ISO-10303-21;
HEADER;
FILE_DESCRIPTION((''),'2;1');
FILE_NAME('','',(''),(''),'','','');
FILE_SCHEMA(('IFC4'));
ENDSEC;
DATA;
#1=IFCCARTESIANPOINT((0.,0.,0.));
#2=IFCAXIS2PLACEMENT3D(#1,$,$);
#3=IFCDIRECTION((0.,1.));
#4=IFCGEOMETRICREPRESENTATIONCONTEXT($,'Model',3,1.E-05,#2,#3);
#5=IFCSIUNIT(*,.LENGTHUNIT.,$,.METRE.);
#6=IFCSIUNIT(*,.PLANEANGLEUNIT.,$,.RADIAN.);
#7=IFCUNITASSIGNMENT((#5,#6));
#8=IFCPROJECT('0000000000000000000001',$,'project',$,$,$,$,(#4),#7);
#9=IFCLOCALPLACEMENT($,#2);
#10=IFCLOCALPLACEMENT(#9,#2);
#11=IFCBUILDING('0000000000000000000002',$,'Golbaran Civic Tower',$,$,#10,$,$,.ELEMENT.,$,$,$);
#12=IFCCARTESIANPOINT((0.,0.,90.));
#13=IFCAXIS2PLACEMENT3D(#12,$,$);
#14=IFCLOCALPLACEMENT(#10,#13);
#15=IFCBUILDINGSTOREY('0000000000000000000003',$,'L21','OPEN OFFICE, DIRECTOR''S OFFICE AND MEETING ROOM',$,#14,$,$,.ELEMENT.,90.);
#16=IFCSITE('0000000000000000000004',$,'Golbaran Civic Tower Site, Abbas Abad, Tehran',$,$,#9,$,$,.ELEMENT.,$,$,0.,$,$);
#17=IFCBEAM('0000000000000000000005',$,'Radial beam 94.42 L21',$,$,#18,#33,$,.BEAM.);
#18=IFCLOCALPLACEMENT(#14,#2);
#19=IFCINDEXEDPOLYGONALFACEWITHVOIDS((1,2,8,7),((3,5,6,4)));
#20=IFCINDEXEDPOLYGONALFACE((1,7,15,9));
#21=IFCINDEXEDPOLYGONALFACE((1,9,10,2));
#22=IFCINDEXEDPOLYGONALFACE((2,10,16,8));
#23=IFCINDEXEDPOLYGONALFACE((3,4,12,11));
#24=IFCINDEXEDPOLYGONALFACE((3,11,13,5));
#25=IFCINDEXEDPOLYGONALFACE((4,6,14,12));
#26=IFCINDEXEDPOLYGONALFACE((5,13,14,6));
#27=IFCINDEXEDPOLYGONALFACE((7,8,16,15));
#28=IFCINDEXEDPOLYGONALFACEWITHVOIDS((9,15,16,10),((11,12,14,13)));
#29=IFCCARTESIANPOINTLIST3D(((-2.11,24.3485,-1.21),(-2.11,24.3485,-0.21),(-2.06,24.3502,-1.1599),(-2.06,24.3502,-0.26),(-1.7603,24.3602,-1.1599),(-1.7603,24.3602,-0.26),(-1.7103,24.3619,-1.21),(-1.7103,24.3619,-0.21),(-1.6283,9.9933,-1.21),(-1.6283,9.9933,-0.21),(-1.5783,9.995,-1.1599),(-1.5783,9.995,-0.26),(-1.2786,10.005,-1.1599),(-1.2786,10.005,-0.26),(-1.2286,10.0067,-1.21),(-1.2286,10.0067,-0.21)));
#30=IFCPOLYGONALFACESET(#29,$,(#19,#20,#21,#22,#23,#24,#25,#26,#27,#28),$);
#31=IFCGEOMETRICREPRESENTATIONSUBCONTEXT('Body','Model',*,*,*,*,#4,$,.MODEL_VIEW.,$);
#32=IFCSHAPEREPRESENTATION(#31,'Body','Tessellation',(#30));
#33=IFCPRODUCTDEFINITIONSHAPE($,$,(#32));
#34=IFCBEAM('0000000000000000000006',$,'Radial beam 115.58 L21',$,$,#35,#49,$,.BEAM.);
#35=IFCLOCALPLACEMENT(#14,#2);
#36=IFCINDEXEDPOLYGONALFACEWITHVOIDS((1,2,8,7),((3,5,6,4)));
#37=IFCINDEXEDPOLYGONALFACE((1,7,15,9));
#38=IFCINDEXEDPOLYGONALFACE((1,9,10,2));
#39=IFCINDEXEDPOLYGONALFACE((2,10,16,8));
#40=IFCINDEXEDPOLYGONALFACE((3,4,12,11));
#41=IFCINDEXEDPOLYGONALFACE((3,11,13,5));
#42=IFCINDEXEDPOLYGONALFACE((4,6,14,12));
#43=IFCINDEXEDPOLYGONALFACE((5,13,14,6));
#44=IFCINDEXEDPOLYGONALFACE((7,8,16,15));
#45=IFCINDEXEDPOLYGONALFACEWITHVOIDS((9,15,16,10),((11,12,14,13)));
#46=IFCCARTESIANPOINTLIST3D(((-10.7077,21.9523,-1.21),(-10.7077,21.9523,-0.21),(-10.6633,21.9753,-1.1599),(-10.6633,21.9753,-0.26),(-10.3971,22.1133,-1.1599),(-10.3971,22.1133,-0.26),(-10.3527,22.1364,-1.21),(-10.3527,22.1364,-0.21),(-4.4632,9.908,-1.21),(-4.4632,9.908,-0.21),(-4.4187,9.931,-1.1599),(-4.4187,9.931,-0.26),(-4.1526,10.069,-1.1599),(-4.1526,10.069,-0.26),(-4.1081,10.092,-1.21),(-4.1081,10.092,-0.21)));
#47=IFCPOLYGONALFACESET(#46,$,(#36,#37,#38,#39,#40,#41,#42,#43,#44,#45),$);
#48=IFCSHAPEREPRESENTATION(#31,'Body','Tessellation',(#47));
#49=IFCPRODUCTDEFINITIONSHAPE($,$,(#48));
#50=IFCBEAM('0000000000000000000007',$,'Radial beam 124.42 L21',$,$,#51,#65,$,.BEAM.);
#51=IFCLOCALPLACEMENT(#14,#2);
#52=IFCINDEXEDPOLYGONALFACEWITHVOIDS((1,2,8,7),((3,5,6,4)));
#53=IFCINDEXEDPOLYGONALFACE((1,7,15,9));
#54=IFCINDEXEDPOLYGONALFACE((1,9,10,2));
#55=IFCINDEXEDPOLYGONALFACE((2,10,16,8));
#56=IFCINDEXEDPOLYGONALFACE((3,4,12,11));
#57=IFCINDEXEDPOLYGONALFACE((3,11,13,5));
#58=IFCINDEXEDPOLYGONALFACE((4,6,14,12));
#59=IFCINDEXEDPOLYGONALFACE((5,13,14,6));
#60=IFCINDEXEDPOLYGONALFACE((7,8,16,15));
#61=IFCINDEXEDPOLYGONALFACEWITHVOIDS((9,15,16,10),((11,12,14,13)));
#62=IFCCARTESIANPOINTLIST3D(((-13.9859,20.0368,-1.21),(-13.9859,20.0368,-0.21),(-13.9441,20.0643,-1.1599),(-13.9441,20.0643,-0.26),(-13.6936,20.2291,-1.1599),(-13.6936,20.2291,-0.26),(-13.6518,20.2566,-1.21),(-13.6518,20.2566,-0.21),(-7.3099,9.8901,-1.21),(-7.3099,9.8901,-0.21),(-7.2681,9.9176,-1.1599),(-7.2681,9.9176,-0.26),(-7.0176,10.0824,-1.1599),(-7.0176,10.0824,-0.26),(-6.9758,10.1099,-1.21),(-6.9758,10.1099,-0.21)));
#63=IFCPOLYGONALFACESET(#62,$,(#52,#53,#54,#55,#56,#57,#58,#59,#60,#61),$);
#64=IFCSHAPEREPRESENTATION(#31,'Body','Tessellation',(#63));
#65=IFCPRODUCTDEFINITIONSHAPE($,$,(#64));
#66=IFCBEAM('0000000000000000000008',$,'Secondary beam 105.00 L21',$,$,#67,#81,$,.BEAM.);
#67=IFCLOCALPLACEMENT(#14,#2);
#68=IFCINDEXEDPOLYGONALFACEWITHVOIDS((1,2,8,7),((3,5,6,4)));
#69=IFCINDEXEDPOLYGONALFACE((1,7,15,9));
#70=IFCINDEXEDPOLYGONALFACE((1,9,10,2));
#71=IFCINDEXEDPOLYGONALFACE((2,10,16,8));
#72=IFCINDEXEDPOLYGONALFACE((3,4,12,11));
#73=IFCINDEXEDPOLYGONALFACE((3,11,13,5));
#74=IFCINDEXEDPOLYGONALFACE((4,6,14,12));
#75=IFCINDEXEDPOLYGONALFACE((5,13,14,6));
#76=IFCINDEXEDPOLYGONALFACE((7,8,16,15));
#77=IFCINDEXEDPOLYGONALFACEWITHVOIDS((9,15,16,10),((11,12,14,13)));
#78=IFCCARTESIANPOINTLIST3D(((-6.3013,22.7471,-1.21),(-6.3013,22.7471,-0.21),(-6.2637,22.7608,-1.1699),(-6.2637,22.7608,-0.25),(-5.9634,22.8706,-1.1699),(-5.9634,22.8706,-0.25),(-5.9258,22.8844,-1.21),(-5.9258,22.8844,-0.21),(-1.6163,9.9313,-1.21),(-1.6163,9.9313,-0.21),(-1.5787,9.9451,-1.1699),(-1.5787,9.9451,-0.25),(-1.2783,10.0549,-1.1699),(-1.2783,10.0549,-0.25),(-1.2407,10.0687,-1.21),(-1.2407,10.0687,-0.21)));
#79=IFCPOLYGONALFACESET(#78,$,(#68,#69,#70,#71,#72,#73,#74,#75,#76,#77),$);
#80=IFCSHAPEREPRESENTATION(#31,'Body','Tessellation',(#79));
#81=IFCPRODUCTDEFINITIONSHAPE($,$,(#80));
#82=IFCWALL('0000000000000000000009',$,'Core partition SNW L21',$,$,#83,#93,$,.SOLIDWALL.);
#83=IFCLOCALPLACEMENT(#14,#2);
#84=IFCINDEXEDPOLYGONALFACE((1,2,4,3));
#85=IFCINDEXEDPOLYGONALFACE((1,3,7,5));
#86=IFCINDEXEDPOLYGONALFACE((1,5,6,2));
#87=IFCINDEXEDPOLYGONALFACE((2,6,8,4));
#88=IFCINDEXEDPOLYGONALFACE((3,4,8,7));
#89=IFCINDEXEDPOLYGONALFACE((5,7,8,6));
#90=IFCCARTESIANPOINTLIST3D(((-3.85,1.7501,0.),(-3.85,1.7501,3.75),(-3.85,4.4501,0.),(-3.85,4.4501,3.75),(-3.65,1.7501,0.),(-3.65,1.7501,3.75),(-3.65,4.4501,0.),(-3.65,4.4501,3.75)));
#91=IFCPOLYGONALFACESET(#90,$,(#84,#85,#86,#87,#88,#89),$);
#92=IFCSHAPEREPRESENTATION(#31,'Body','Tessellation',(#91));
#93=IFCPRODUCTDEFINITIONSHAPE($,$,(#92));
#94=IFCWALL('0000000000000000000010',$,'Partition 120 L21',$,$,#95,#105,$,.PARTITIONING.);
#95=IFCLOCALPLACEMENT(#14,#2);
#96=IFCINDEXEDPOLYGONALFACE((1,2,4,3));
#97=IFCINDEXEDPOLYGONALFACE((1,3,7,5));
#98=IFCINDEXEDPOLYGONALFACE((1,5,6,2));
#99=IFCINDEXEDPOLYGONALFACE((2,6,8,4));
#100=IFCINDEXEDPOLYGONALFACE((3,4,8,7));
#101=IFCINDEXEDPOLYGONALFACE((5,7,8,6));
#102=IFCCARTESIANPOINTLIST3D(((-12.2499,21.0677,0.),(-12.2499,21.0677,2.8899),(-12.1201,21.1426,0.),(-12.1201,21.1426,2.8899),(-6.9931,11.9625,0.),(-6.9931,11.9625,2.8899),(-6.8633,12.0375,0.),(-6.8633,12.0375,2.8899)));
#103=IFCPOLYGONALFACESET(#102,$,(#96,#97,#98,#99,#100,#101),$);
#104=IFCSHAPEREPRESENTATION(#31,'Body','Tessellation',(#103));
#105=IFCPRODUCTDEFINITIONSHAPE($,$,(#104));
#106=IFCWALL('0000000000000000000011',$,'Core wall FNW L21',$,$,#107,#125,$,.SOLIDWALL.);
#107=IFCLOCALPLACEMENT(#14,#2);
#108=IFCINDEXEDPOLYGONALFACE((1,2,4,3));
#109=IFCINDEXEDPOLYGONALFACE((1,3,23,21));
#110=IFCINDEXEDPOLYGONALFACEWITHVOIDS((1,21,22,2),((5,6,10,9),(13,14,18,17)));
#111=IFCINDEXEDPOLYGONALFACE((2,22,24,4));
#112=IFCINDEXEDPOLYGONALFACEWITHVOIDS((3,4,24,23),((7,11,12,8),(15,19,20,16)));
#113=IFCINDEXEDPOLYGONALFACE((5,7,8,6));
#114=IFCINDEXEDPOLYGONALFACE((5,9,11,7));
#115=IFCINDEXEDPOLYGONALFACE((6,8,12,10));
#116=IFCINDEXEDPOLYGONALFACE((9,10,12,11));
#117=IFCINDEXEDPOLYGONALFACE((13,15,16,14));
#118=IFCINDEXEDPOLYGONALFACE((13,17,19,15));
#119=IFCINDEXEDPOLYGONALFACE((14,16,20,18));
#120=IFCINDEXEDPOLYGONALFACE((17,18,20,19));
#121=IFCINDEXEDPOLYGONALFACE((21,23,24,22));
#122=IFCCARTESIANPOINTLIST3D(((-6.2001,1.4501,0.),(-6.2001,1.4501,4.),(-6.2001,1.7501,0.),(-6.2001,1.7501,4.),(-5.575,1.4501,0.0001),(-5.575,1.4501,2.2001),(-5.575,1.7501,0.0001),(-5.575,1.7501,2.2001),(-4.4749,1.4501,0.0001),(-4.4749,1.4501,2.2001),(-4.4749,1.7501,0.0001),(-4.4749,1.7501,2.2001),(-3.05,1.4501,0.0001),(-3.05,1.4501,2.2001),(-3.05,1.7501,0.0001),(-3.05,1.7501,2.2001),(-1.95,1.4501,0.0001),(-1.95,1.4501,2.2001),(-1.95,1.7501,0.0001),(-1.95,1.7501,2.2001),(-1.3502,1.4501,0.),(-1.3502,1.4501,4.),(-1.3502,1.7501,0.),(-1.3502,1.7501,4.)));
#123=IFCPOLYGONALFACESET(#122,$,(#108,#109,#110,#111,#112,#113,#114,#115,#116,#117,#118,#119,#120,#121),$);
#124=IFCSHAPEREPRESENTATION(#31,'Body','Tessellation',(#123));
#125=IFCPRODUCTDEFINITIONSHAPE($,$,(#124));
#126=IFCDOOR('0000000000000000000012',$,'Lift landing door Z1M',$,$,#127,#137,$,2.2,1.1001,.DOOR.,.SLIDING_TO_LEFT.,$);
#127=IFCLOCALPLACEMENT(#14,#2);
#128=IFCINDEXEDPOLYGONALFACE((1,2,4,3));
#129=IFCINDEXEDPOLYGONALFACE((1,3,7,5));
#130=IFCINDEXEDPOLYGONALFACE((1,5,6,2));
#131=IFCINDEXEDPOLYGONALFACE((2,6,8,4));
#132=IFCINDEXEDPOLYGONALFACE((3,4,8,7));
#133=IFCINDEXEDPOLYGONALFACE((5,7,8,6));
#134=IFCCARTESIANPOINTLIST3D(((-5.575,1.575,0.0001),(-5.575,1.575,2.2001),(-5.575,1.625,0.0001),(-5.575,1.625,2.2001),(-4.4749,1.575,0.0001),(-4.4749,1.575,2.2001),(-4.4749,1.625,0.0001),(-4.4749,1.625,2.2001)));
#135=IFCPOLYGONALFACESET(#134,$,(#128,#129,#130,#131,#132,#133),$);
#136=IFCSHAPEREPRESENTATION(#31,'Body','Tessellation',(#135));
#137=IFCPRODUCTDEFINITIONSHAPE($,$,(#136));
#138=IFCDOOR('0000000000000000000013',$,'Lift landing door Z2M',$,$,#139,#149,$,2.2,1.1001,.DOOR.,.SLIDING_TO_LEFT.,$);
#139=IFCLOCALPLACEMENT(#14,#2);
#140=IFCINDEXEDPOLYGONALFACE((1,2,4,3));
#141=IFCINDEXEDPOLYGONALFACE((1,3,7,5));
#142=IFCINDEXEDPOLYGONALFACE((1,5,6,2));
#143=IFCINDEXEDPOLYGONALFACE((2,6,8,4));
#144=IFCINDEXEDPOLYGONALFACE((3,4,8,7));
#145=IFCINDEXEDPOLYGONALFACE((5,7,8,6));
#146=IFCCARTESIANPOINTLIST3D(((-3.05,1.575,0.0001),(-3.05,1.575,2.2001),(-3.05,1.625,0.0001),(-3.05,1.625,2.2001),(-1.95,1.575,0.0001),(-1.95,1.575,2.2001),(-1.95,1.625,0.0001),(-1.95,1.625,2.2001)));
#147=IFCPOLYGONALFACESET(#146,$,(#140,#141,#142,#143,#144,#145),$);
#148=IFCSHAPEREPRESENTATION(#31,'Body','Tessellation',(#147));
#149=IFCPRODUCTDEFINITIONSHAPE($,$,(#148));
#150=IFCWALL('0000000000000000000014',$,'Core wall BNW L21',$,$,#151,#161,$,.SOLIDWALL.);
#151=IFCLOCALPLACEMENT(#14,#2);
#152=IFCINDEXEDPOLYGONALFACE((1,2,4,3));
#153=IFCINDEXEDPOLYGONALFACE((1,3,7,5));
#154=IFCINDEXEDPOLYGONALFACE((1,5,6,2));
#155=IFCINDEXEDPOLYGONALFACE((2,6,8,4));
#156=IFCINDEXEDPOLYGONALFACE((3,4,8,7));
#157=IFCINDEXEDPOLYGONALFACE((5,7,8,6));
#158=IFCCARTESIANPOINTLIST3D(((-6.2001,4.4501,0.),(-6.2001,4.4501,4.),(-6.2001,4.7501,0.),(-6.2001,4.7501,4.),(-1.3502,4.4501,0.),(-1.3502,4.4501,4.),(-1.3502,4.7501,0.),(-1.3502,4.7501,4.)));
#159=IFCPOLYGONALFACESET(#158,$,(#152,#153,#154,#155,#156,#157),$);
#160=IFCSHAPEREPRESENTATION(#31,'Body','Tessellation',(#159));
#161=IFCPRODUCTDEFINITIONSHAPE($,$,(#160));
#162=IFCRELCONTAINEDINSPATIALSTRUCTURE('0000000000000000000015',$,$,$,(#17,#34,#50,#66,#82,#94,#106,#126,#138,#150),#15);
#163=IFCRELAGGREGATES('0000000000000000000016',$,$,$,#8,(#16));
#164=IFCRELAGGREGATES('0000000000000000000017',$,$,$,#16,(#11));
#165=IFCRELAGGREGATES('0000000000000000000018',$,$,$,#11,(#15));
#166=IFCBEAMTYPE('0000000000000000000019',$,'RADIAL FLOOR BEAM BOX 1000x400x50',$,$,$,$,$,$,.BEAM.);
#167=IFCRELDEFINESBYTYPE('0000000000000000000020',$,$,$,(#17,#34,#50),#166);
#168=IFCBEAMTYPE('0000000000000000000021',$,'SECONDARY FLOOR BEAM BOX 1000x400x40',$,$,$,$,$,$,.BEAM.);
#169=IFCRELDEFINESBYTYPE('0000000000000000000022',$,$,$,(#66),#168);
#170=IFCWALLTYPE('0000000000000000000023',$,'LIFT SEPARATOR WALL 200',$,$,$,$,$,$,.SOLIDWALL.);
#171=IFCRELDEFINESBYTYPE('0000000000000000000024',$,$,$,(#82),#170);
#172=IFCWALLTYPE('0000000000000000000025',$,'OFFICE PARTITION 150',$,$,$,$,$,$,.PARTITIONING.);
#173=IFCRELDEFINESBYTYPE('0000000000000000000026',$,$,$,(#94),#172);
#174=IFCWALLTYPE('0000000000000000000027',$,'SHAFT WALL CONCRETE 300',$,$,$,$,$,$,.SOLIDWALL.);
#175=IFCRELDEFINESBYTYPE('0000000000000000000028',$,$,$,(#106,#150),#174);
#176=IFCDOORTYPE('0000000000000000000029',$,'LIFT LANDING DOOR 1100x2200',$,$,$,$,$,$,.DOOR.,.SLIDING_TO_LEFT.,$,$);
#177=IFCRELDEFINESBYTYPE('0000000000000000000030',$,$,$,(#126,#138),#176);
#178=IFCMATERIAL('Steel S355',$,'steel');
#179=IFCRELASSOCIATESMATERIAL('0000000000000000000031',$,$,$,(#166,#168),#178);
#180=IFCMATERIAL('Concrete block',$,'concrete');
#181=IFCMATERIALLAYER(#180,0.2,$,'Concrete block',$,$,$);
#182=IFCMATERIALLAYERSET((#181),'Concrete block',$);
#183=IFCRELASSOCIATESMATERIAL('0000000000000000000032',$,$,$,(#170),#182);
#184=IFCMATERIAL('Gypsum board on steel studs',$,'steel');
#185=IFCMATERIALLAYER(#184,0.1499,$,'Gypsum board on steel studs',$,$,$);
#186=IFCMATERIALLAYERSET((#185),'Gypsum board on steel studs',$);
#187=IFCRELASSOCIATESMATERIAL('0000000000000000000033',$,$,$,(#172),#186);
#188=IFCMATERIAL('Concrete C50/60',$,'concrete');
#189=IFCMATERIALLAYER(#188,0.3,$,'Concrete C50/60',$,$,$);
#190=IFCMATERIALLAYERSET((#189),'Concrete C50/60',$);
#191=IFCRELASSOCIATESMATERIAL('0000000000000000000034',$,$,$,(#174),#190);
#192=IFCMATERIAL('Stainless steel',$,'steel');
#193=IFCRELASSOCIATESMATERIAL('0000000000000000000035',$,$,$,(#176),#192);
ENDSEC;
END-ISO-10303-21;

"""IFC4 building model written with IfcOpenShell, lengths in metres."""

from ifc_helpers import new_model, si_unit, direction, frame, frame_2d, origin, origin_2d, place, context, subcontext, project, spatial, rectangle, hollow_rectangle, extrude, material, layer, layer_set, material_profile, profile_set, type_object, element, fill, save


model = new_model("IFC4")

# Units and contexts
model_context = context("Model", 3, precision=1e-05, world=origin(), true_north=direction((0.0, 1.0)))
body_context = subcontext(model_context, "Body", "Model", "MODEL_VIEW")
ifc_project = project(units=[si_unit("LENGTHUNIT", "METRE"), si_unit("PLANEANGLEUNIT", "RADIAN")], contexts=[model_context])

# Site, building, storey
site_placement = place(None, origin())
site = spatial("IfcSite", under=ifc_project, at=site_placement, Name="Golbaran Civic Tower Site, Abbas Abad, Tehran", CompositionType="ELEMENT", RefElevation=0.0)
building_placement = place(site_placement, origin())
building = spatial("IfcBuilding", under=site, at=building_placement, Name="Golbaran Civic Tower", CompositionType="ELEMENT")
storey_placement = place(building_placement, frame((0.0, 0.0, 90.0)))
storey = spatial("IfcBuildingStorey", under=building, at=storey_placement, Name="L21", Description="OPEN OFFICE, DIRECTOR'S OFFICE AND MEETING ROOM", CompositionType="ELEMENT", Elevation=90.0)

# Beams
ifc_material_1 = material(Name="Steel S355", Category="steel")
ifc_material_profile_1 = material_profile(ifc_material_1, hollow_rectangle(XDim=0.3999, YDim=1.0, WallThickness=0.05, at=origin_2d()), Name="BOX 1000x400x50")
ifc_profile_set_1 = profile_set([ifc_material_profile_1], Name="Steel S355")
beam_type_1 = type_object("IfcBeamType", Name="RADIAL FLOOR BEAM BOX 1000x400x50", PredefinedType="BEAM", material=ifc_profile_set_1)
beam_1_placement = place(storey_placement, frame((-1.4285, 10.0, -0.71), z_axis=(-0.033536, 0.999438, 0.0), x_axis=(-0.999438, -0.033536, 0.0)))
element("IfcBeam", 1, at=beam_1_placement, inside=storey, type_object=beam_type_1, Name="Radial beam 94.42 L21", PredefinedType="BEAM", context=body_context, shape_type="SweptSolid", body=[
    extrude(hollow_rectangle(XDim=0.3999, YDim=1.0, WallThickness=0.05, at=origin_2d()), origin(), (0.0, 0.0, 1.0), 14.3633),
])
beam_2_placement = place(storey_placement, frame((-4.2856, 10.0, -0.71), z_axis=(-0.46028, 0.887774, 0.0), x_axis=(-0.887774, -0.46028, 0.0)))
element("IfcBeam", 2, at=beam_2_placement, inside=storey, type_object=beam_type_1, Name="Radial beam 115.58 L21", PredefinedType="BEAM", context=body_context, shape_type="SweptSolid", body=[
    extrude(hollow_rectangle(XDim=0.3999, YDim=1.0, WallThickness=0.05, at=origin_2d()), origin(), (0.0, 0.0, 1.0), 13.5669),
])
beam_3_placement = place(storey_placement, frame((-7.1428, 10.0, -0.71), z_axis=(-0.549648, 0.835396, 0.0), x_axis=(-0.835396, -0.549648, 0.0)))
element("IfcBeam", 3, at=beam_3_placement, inside=storey, type_object=beam_type_1, Name="Radial beam 124.42 L21", PredefinedType="BEAM", context=body_context, shape_type="SweptSolid", body=[
    extrude(hollow_rectangle(XDim=0.3999, YDim=1.0, WallThickness=0.05, at=origin_2d()), origin(), (0.0, 0.0, 1.0), 12.146),
])
ifc_material_profile_2 = material_profile(ifc_material_1, hollow_rectangle(XDim=0.3999, YDim=1.0, WallThickness=0.04, at=origin_2d()), Name="BOX 1000x400x40")
ifc_profile_set_2 = profile_set([ifc_material_profile_2], Name="Steel S355")
beam_type_2 = type_object("IfcBeamType", Name="SECONDARY FLOOR BEAM BOX 1000x400x40", PredefinedType="BEAM", material=ifc_profile_set_2)
beam_4_placement = place(storey_placement, frame((-1.4285, 10.0, -0.71), z_axis=(-0.343349, 0.939208, 0.0), x_axis=(-0.939208, -0.343349, 0.0)))
element("IfcBeam", 4, at=beam_4_placement, inside=storey, type_object=beam_type_2, Name="Secondary beam 105.00 L21", PredefinedType="BEAM", context=body_context, shape_type="SweptSolid", body=[
    extrude(hollow_rectangle(XDim=0.3999, YDim=1.0, WallThickness=0.04, at=origin_2d()), origin(), (0.0, 0.0, 1.0), 13.6453),
])

# Walls
ifc_material_2 = material(Name="Concrete block", Category="concrete")
ifc_layer_1 = layer(ifc_material_2, 0.2, Name="Concrete block")
ifc_layer_set_1 = layer_set([ifc_layer_1], Name="Concrete block")
wall_type_1 = type_object("IfcWallType", Name="LIFT SEPARATOR WALL 200", PredefinedType="SOLIDWALL", material=ifc_layer_set_1)
wall_1_placement = place(storey_placement, frame((-3.75, 1.75, 0.0), z_axis=(0.0, 0.0, 1.0), x_axis=(0.0, 1.0, 0.0)))
element("IfcWall", 5, at=wall_1_placement, inside=storey, type_object=wall_type_1, Name="Core partition SNW L21", PredefinedType="SOLIDWALL", context=body_context, shape_type="SweptSolid", body=[
    extrude(rectangle(XDim=2.7, YDim=0.2, at=frame_2d((1.3501, 0.0))), origin(), (0.0, 0.0, 1.0), 3.75),
])
ifc_material_3 = material(Name="Gypsum board on steel studs", Category="steel")
ifc_layer_2 = layer(ifc_material_3, 0.1499, Name="Gypsum board on steel studs")
ifc_layer_set_2 = layer_set([ifc_layer_2], Name="Gypsum board on steel studs")
wall_type_2 = type_object("IfcWallType", Name="OFFICE PARTITION 150", PredefinedType="PARTITIONING", material=ifc_layer_set_2)
wall_2_placement = place(storey_placement, frame((-6.9282, 12.0, 0.0), z_axis=(0.0, 0.0, 1.0), x_axis=(-0.499995, 0.866028, 0.0)))
element("IfcWall", 6, at=wall_2_placement, inside=storey, type_object=wall_type_2, Name="Partition 120 L21", PredefinedType="PARTITIONING", context=body_context, shape_type="SweptSolid", body=[
    extrude(rectangle(XDim=10.5137, YDim=0.1499, at=frame_2d((5.2568, 0.0))), origin(), (0.0, 0.0, 1.0), 2.8899),
])

# Wall, openings, doors
ifc_material_4 = material(Name="Concrete C50/60", Category="concrete")
ifc_layer_3 = layer(ifc_material_4, 0.3, Name="Concrete C50/60")
ifc_layer_set_3 = layer_set([ifc_layer_3], Name="Concrete C50/60")
wall_type_3 = type_object("IfcWallType", Name="SHAFT WALL CONCRETE 300", PredefinedType="SOLIDWALL", material=ifc_layer_set_3)
wall_3_placement = place(storey_placement, frame((-6.2, 1.6001, 0.0), z_axis=(0.0, 0.0, 1.0), x_axis=(1.0, 0.0, 0.0)))
wall_3 = element("IfcWall", 7, at=wall_3_placement, inside=storey, type_object=wall_type_3, Name="Core wall FNW L21", PredefinedType="SOLIDWALL", context=body_context, shape_type="SweptSolid", body=[
    extrude(rectangle(XDim=4.8499, YDim=0.3, at=frame_2d((2.4248, 0.0))), origin(), (0.0, 0.0, 1.0), 4.0),
])
opening_1_placement = place(wall_3_placement, frame((0.625, 0.0, 0.0)))
opening_1 = element("IfcOpeningElement", 8, at=opening_1_placement, cuts=wall_3, PredefinedType="OPENING", context=body_context, shape_type="SweptSolid", body=[
    extrude(rectangle(XDim=1.1001, YDim=2.2, at=frame_2d((0.55, 1.1001))), frame((0.0, 0.1599, 0.0), z_axis=(0.0, -1.0, 0.0), x_axis=(1.0, 0.0, 0.0)), (0.0, 0.0, 1.0), 0.3201),
])
opening_2_placement = place(wall_3_placement, frame((3.1499, 0.0, 0.0)))
opening_2 = element("IfcOpeningElement", 9, at=opening_2_placement, cuts=wall_3, PredefinedType="OPENING", context=body_context, shape_type="SweptSolid", body=[
    extrude(rectangle(XDim=1.1001, YDim=2.2, at=frame_2d((0.55, 1.1001))), frame((0.0, 0.1599, 0.0), z_axis=(0.0, -1.0, 0.0), x_axis=(1.0, 0.0, 0.0)), (0.0, 0.0, 1.0), 0.3201),
])
ifc_material_5 = material(Name="Stainless steel", Category="steel")
door_type_1 = type_object("IfcDoorType", Name="LIFT LANDING DOOR 1100x2200", OperationType="SLIDING_TO_LEFT", PredefinedType="DOOR", material=ifc_material_5)
door_1_placement = place(opening_1_placement, origin())
door_1 = element("IfcDoor", 10, at=door_1_placement, inside=storey, type_object=door_type_1, Name="Lift landing door Z1M", OperationType="SLIDING_TO_LEFT", OverallHeight=2.2, OverallWidth=1.1001, PredefinedType="DOOR", context=body_context, shape_type="SweptSolid", body=[
    extrude(rectangle(XDim=1.1001, YDim=2.2, at=frame_2d((0.55, 1.1001))), frame((0.0, 0.0249, 0.0), z_axis=(0.0, -1.0, 0.0), x_axis=(1.0, 0.0, 0.0)), (0.0, 0.0, 1.0), 0.05),
])
fill(opening_1, door_1)
door_2_placement = place(opening_2_placement, origin())
door_2 = element("IfcDoor", 11, at=door_2_placement, inside=storey, type_object=door_type_1, Name="Lift landing door Z2M", OperationType="SLIDING_TO_LEFT", OverallHeight=2.2, OverallWidth=1.1001, PredefinedType="DOOR", context=body_context, shape_type="SweptSolid", body=[
    extrude(rectangle(XDim=1.1001, YDim=2.2, at=frame_2d((0.55, 1.1001))), frame((0.0, 0.0249, 0.0), z_axis=(0.0, -1.0, 0.0), x_axis=(1.0, 0.0, 0.0)), (0.0, 0.0, 1.0), 0.05),
])
fill(opening_2, door_2)

# Wall
wall_4_placement = place(storey_placement, frame((-6.2, 4.6001, 0.0), z_axis=(0.0, 0.0, 1.0), x_axis=(1.0, 0.0, 0.0)))
element("IfcWall", 12, at=wall_4_placement, inside=storey, type_object=wall_type_3, Name="Core wall BNW L21", PredefinedType="SOLIDWALL", context=body_context, shape_type="SweptSolid", body=[
    extrude(rectangle(XDim=4.8499, YDim=0.3, at=frame_2d((2.4248, 0.0))), origin(), (0.0, 0.0, 1.0), 4.0),
])

save(model, "model.ifc")
